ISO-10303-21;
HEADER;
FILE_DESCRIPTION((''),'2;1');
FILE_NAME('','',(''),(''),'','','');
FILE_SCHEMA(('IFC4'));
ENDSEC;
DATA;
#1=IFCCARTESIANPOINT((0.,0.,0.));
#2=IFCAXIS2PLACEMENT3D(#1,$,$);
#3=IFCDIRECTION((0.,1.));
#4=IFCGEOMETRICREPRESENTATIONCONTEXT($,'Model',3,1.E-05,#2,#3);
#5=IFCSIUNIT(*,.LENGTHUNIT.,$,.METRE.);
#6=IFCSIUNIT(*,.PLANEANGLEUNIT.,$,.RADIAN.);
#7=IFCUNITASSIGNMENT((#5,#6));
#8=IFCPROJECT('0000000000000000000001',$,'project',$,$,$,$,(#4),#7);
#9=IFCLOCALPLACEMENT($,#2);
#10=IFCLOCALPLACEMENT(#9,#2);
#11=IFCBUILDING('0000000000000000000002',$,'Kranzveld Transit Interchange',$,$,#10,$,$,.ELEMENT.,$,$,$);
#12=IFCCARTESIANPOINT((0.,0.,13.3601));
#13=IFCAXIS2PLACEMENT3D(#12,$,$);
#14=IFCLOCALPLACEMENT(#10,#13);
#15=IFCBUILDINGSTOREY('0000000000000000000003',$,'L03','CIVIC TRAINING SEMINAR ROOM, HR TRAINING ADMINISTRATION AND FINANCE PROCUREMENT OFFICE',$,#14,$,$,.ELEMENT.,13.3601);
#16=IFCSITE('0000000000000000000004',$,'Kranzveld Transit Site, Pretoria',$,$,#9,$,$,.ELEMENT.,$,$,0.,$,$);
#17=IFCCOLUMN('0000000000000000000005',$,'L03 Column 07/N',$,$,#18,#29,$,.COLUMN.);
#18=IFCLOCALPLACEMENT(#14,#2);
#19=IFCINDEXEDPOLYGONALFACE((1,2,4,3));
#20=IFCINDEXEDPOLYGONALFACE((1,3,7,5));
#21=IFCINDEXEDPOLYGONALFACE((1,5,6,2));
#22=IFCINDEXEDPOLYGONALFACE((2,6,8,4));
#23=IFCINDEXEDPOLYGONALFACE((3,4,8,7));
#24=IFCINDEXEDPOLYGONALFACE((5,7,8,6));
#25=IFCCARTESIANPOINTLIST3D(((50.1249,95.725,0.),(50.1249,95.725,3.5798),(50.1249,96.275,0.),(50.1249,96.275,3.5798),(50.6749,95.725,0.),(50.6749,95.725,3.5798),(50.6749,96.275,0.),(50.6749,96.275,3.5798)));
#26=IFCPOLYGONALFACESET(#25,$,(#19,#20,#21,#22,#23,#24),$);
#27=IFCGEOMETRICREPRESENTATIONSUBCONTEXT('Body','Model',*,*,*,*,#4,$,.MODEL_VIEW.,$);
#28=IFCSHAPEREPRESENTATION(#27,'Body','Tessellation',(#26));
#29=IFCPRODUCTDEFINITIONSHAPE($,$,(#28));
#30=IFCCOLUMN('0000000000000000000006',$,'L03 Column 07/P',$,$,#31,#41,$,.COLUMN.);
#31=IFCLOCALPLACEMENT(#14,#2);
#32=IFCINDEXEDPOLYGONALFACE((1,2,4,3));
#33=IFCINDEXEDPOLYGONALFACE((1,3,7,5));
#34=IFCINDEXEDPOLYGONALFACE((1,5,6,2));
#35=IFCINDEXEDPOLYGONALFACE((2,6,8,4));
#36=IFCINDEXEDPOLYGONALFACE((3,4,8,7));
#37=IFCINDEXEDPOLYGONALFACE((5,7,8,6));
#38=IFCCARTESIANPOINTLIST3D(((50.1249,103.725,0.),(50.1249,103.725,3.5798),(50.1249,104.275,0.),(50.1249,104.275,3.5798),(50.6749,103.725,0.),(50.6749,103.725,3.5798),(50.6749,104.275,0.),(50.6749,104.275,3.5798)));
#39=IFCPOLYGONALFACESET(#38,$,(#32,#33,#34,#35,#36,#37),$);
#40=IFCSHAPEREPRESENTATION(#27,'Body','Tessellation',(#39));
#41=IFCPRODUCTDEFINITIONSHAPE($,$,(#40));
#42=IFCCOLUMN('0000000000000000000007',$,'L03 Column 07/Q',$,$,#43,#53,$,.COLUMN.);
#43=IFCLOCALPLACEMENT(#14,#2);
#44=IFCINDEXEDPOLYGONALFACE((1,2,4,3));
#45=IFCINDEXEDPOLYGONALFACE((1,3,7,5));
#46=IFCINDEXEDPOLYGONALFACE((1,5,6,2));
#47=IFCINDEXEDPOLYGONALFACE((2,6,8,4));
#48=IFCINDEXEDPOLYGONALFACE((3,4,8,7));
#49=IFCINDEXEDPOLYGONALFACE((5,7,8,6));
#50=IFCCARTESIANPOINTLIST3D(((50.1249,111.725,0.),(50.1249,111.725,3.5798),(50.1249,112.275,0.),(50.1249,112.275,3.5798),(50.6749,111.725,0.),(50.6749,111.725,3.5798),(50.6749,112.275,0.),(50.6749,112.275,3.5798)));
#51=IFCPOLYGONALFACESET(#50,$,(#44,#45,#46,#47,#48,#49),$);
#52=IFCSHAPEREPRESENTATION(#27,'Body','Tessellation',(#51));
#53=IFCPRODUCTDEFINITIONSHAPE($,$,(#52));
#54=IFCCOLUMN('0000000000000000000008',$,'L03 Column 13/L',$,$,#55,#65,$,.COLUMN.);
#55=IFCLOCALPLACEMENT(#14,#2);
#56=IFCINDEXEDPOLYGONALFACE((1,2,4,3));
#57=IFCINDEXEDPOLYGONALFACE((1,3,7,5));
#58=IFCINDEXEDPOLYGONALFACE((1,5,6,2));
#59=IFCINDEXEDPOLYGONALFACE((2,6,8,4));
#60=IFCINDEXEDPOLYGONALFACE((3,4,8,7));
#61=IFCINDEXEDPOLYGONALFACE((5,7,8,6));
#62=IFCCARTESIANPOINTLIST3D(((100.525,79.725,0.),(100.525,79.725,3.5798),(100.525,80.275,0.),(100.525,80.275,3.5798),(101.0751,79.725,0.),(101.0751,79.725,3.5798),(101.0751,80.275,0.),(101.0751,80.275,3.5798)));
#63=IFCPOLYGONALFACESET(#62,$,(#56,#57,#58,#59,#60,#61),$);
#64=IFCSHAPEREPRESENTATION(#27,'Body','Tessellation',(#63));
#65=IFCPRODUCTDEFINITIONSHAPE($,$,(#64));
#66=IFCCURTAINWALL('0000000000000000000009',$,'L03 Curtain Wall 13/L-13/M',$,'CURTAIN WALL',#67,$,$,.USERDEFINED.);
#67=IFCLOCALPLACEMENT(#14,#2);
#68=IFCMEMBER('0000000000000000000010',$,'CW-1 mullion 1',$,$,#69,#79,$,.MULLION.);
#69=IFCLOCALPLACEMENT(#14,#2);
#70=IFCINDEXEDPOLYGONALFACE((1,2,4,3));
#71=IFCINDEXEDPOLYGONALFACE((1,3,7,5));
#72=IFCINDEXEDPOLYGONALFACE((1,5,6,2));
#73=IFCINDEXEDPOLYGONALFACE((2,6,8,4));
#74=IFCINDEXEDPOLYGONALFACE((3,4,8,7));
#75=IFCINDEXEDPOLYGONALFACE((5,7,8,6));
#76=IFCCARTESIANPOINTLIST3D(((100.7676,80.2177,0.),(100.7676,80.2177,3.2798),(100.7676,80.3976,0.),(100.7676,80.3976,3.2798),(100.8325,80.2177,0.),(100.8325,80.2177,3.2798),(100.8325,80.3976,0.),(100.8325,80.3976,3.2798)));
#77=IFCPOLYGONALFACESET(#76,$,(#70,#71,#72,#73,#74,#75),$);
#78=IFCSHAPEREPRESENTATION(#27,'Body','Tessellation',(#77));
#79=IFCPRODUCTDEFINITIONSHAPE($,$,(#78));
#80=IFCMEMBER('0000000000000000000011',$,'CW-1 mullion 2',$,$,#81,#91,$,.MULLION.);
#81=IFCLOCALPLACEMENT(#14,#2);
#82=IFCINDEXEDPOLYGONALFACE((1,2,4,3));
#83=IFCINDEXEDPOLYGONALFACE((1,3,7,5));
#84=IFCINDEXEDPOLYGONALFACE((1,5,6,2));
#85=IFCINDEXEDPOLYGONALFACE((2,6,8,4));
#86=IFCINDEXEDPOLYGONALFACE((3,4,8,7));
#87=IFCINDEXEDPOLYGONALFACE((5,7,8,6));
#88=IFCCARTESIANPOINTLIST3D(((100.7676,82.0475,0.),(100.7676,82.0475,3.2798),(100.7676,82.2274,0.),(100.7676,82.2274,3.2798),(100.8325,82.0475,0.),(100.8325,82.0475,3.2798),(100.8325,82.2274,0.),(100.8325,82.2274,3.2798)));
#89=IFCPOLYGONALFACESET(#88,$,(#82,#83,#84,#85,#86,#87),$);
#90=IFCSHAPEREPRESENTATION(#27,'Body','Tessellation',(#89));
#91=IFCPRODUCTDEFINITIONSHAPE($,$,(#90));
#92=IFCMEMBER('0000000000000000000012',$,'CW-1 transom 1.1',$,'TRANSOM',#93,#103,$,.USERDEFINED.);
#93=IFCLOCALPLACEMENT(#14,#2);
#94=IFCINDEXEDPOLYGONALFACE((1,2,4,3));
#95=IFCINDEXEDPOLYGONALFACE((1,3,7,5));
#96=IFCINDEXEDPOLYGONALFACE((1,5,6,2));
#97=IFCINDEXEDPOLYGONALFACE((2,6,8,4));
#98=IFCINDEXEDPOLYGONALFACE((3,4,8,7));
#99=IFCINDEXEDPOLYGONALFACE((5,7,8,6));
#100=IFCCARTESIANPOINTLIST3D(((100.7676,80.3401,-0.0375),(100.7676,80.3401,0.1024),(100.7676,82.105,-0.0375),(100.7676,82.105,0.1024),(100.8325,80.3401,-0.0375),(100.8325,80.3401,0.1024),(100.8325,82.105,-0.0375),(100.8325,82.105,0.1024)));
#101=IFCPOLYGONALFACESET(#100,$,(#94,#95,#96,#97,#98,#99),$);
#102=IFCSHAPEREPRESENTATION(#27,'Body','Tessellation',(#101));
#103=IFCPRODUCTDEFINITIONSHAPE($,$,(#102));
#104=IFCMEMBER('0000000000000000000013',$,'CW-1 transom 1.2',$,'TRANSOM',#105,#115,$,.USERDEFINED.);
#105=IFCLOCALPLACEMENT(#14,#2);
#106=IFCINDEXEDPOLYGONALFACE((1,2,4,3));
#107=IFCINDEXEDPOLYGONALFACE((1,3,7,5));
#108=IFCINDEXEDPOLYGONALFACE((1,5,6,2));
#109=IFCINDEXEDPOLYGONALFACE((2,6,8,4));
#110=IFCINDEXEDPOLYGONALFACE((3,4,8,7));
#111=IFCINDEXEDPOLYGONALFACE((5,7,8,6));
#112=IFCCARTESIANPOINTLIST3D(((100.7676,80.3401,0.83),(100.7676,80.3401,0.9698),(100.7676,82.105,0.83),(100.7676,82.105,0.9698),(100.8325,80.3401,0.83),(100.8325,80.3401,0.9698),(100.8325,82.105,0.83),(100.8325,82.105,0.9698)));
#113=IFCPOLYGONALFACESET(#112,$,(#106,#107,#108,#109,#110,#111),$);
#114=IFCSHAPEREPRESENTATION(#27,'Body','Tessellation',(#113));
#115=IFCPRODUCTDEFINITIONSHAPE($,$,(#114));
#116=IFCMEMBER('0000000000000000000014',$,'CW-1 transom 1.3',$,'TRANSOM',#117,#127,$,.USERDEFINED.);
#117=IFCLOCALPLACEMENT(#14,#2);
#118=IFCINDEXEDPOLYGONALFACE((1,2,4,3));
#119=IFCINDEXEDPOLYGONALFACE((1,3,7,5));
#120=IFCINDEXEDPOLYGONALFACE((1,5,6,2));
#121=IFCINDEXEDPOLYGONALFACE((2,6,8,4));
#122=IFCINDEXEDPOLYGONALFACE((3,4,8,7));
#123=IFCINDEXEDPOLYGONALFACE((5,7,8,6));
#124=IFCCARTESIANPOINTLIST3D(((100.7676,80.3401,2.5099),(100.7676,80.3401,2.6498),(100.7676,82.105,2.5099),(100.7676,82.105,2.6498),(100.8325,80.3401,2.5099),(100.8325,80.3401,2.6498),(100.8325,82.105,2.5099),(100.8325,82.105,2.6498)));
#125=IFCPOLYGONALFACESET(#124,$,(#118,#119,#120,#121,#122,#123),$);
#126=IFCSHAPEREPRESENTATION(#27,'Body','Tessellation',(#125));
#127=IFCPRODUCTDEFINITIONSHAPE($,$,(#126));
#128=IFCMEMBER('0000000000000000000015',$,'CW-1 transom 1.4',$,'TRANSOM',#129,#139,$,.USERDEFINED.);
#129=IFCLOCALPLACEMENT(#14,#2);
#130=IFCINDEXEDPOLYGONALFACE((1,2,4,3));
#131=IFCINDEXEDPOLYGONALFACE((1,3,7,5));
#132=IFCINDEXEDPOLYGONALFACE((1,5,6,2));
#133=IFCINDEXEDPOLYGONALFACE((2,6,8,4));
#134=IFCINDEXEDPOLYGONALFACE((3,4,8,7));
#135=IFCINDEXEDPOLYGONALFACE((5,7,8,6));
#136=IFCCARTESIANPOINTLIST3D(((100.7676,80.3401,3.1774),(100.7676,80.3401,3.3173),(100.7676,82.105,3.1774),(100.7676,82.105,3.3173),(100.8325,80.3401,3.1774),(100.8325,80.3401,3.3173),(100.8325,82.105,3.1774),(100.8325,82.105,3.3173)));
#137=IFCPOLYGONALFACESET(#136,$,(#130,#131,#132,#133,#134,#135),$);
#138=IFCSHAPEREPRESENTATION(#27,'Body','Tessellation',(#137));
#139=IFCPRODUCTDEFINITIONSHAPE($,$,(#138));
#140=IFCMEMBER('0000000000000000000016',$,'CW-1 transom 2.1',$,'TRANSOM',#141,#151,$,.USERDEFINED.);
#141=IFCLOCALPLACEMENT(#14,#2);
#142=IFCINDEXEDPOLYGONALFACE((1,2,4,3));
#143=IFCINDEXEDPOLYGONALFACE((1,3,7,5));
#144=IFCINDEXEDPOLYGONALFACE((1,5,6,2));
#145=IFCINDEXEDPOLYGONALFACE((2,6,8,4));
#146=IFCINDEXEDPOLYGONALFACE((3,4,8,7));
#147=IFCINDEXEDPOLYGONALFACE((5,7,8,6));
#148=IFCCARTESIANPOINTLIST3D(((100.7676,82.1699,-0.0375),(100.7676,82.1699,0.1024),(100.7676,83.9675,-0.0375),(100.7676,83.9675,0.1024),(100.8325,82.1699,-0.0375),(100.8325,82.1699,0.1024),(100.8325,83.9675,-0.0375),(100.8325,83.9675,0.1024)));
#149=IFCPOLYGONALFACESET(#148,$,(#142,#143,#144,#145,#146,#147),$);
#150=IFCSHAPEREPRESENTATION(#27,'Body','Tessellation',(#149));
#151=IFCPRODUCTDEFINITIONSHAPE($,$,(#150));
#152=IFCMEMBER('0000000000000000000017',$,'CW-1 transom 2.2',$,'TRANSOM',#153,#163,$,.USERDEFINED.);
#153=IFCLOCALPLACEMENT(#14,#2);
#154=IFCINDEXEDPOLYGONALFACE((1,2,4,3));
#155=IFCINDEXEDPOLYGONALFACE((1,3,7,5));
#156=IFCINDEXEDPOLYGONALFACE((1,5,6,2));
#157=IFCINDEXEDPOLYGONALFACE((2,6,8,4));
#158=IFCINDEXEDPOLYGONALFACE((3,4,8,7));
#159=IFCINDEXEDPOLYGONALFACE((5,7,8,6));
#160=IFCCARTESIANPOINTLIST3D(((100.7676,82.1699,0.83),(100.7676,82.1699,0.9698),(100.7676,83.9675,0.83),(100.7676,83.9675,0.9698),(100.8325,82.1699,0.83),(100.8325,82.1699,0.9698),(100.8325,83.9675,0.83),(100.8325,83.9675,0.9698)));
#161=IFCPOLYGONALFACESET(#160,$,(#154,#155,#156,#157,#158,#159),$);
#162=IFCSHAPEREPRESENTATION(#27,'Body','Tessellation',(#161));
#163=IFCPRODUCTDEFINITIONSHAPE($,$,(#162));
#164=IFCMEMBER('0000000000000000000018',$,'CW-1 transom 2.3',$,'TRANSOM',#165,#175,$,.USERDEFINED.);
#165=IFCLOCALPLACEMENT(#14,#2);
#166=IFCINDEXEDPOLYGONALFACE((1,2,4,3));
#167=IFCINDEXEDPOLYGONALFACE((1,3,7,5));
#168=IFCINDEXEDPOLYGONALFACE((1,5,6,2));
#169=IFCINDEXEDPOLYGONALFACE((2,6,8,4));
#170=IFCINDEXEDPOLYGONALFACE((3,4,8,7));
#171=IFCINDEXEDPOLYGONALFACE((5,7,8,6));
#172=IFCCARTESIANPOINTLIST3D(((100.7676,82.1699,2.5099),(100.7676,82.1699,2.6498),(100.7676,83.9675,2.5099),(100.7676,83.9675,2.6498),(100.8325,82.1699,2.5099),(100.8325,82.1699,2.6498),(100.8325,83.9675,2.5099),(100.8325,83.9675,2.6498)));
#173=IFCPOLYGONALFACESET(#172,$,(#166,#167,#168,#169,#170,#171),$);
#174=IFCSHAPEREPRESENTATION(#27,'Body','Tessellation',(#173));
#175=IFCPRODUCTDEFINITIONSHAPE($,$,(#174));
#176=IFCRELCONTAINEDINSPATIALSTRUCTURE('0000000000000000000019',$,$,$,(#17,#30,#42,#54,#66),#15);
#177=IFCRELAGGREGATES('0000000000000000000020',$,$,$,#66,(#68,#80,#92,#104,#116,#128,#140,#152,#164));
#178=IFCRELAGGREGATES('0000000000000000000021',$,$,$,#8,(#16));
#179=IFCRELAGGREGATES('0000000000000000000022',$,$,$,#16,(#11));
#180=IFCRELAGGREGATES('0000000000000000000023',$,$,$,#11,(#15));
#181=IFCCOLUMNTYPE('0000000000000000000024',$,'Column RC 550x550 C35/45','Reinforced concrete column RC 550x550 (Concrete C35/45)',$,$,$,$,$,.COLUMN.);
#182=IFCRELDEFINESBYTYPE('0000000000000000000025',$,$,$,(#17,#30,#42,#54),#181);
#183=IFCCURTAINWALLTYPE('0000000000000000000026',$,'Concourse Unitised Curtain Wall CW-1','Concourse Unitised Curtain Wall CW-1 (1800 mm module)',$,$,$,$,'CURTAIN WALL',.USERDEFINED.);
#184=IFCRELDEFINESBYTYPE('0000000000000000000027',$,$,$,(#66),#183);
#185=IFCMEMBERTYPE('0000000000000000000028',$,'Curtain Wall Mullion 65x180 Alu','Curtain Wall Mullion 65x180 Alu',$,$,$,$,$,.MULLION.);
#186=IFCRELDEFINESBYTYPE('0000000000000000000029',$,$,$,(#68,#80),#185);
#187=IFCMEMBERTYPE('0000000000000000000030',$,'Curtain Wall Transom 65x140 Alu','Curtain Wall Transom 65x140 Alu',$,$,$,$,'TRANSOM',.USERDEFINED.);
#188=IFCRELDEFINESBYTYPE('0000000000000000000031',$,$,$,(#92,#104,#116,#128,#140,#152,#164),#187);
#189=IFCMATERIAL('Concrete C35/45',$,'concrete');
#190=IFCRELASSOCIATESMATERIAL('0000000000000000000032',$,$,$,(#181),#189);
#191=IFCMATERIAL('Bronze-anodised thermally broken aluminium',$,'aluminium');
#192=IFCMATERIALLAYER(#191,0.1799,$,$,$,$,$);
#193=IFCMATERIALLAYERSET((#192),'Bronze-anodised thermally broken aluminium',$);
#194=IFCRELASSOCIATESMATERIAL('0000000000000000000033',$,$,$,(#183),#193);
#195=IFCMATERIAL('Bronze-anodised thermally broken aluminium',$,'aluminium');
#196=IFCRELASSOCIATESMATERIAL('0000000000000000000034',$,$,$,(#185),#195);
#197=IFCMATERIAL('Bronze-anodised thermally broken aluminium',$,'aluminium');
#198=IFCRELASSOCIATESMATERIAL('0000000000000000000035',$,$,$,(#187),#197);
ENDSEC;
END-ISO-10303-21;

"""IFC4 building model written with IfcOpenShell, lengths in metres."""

from ifc_helpers import new_model, si_unit, direction, frame, origin, origin_2d, place, context, subcontext, project, spatial, rectangle, extrude, material, layer, layer_set, material_profile, profile_set, type_object, element, aggregate, save


model = new_model("IFC4")

# Units and contexts
model_context = context("Model", 3, precision=1e-05, world=origin(), true_north=direction((0.0, 1.0)))
body_context = subcontext(model_context, "Body", "Model", "MODEL_VIEW")
ifc_project = project(units=[si_unit("LENGTHUNIT", "METRE"), si_unit("PLANEANGLEUNIT", "RADIAN")], contexts=[model_context])

# Site, building, storey
site_placement = place(None, origin())
site = spatial("IfcSite", under=ifc_project, at=site_placement, Name="Kranzveld Transit Site, Pretoria", CompositionType="ELEMENT", RefElevation=0.0)
building_placement = place(site_placement, origin())
building = spatial("IfcBuilding", under=site, at=building_placement, Name="Kranzveld Transit Interchange", CompositionType="ELEMENT")
storey_placement = place(building_placement, frame((0.0, 0.0, 13.3601)))
storey = spatial("IfcBuildingStorey", under=building, at=storey_placement, Name="L03", Description="CIVIC TRAINING SEMINAR ROOM, HR TRAINING ADMINISTRATION AND FINANCE PROCUREMENT OFFICE", CompositionType="ELEMENT", Elevation=13.3601)

# Columns
ifc_material_1 = material(Name="Concrete C35/45", Category="concrete")
ifc_material_profile_1 = material_profile(ifc_material_1, rectangle(XDim=0.55, YDim=0.55, at=origin_2d()), Name="RC 550x550")
ifc_profile_set_1 = profile_set([ifc_material_profile_1], Name="Concrete C35/45")
column_type = type_object("IfcColumnType", Name="Column RC 550x550 C35/45", Description="Reinforced concrete column RC 550x550 (Concrete C35/45)", PredefinedType="COLUMN", material=ifc_profile_set_1)
for number, where, z_axis, x_axis, name in (
    (1, (50.3999, 96.0, 0.0), (0.0, 0.0, 1.0), (1.0, 0.0, 0.0), "L03 Column 07/N"),
    (2, (50.3999, 104.0, 0.0), (0.0, 0.0, 1.0), (1.0, 0.0, 0.0), "L03 Column 07/P"),
    (3, (50.3999, 112.0, 0.0), (0.0, 0.0, 1.0), (1.0, 0.0, 0.0), "L03 Column 07/Q"),
    (4, (100.8, 80.0, 0.0), (0.0, 0.0, 1.0), (1.0, 0.0, 0.0), "L03 Column 13/L"),
):
    element("IfcColumn", number, at=place(storey_placement, frame(where, z_axis=z_axis, x_axis=x_axis)), inside=storey, type_object=column_type, Name=name, PredefinedType="COLUMN", context=body_context, shape_type="SweptSolid", body=[
        extrude(rectangle(XDim=0.55, YDim=0.55, at=origin_2d()), origin(), (0.0, 0.0, 1.0), 3.5798),
    ])

# Curtain wall, members
ifc_material_2 = material(Name="Bronze-anodised thermally broken aluminium", Category="aluminium")
ifc_layer_1 = layer(ifc_material_2, 0.1799)
ifc_layer_set_1 = layer_set([ifc_layer_1], Name="Bronze-anodised thermally broken aluminium")
curtain_wall_type = type_object("IfcCurtainWallType", Name="Concourse Unitised Curtain Wall CW-1", Description="Concourse Unitised Curtain Wall CW-1 (1800 mm module)", ElementType="CURTAIN WALL", PredefinedType="USERDEFINED", material=ifc_layer_set_1)
curtain_wall_placement = place(storey_placement, origin())
curtain_wall = element("IfcCurtainWall", 5, at=curtain_wall_placement, inside=storey, type_object=curtain_wall_type, Name="L03 Curtain Wall 13/L-13/M", ObjectType="CURTAIN WALL", PredefinedType="USERDEFINED")
ifc_material_3 = material(Name="Bronze-anodised thermally broken aluminium", Category="aluminium")
ifc_material_profile_2 = material_profile(ifc_material_3, rectangle(XDim=0.0649, YDim=0.1799, at=origin_2d()), Name="ALU MULLION 65x180")
ifc_profile_set_2 = profile_set([ifc_material_profile_2], Name="Bronze-anodised thermally broken aluminium")
member_type_1 = type_object("IfcMemberType", Name="Curtain Wall Mullion 65x180 Alu", Description="Curtain Wall Mullion 65x180 Alu", PredefinedType="MULLION", material=ifc_profile_set_2)
member_1_placement = place(storey_placement, frame((100.8, 80.3076, 0.0), z_axis=(0.0, 0.0, 1.0), x_axis=(-1.0, 0.0, 0.0)))
member_1 = element("IfcMember", 6, at=member_1_placement, type_object=member_type_1, Name="CW-1 mullion 1", PredefinedType="MULLION", context=body_context, shape_type="SweptSolid", body=[
    extrude(rectangle(XDim=0.0649, YDim=0.1799, at=origin_2d()), origin(), (0.0, 0.0, 1.0), 3.2798),
])
member_2_placement = place(storey_placement, frame((100.8, 82.1375, 0.0), z_axis=(0.0, 0.0, 1.0), x_axis=(-1.0, 0.0, 0.0)))
member_2 = element("IfcMember", 7, at=member_2_placement, type_object=member_type_1, Name="CW-1 mullion 2", PredefinedType="MULLION", context=body_context, shape_type="SweptSolid", body=[
    extrude(rectangle(XDim=0.0649, YDim=0.1799, at=origin_2d()), origin(), (0.0, 0.0, 1.0), 3.2798),
])
ifc_material_4 = material(Name="Bronze-anodised thermally broken aluminium", Category="aluminium")
ifc_material_profile_3 = material_profile(ifc_material_4, rectangle(XDim=0.0649, YDim=0.1399, at=origin_2d()), Name="ALU TRANSOM 65x140")
ifc_profile_set_3 = profile_set([ifc_material_profile_3], Name="Bronze-anodised thermally broken aluminium")
member_type_2 = type_object("IfcMemberType", Name="Curtain Wall Transom 65x140 Alu", Description="Curtain Wall Transom 65x140 Alu", ElementType="TRANSOM", PredefinedType="USERDEFINED", material=ifc_profile_set_3)
member_3_placement = place(storey_placement, frame((100.8, 80.3401, 0.0325), z_axis=(0.0, 1.0, 0.0), x_axis=(-1.0, 0.0, 0.0)))
member_3 = element("IfcMember", 8, at=member_3_placement, type_object=member_type_2, Name="CW-1 transom 1.1", ObjectType="TRANSOM", PredefinedType="USERDEFINED", context=body_context, shape_type="SweptSolid", body=[
    extrude(rectangle(XDim=0.0649, YDim=0.1399, at=origin_2d()), origin(), (0.0, 0.0, 1.0), 1.7649),
])
member_4_placement = place(storey_placement, frame((100.8, 80.3401, 0.8999), z_axis=(0.0, 1.0, 0.0), x_axis=(-1.0, 0.0, 0.0)))
member_4 = element("IfcMember", 9, at=member_4_placement, type_object=member_type_2, Name="CW-1 transom 1.2", ObjectType="TRANSOM", PredefinedType="USERDEFINED", context=body_context, shape_type="SweptSolid", body=[
    extrude(rectangle(XDim=0.0649, YDim=0.1399, at=origin_2d()), origin(), (0.0, 0.0, 1.0), 1.7649),
])
member_5_placement = place(storey_placement, frame((100.8, 80.3401, 2.5798), z_axis=(0.0, 1.0, 0.0), x_axis=(-1.0, 0.0, 0.0)))
member_5 = element("IfcMember", 10, at=member_5_placement, type_object=member_type_2, Name="CW-1 transom 1.3", ObjectType="TRANSOM", PredefinedType="USERDEFINED", context=body_context, shape_type="SweptSolid", body=[
    extrude(rectangle(XDim=0.0649, YDim=0.1399, at=origin_2d()), origin(), (0.0, 0.0, 1.0), 1.7649),
])
member_6_placement = place(storey_placement, frame((100.8, 80.3401, 3.2473), z_axis=(0.0, 1.0, 0.0), x_axis=(-1.0, 0.0, 0.0)))
member_6 = element("IfcMember", 11, at=member_6_placement, type_object=member_type_2, Name="CW-1 transom 1.4", ObjectType="TRANSOM", PredefinedType="USERDEFINED", context=body_context, shape_type="SweptSolid", body=[
    extrude(rectangle(XDim=0.0649, YDim=0.1399, at=origin_2d()), origin(), (0.0, 0.0, 1.0), 1.7649),
])
member_7_placement = place(storey_placement, frame((100.8, 82.1699, 0.0325), z_axis=(0.0, 1.0, 0.0), x_axis=(-1.0, 0.0, 0.0)))
member_7 = element("IfcMember", 12, at=member_7_placement, type_object=member_type_2, Name="CW-1 transom 2.1", ObjectType="TRANSOM", PredefinedType="USERDEFINED", context=body_context, shape_type="SweptSolid", body=[
    extrude(rectangle(XDim=0.0649, YDim=0.1399, at=origin_2d()), origin(), (0.0, 0.0, 1.0), 1.7976),
])
member_8_placement = place(storey_placement, frame((100.8, 82.1699, 0.8999), z_axis=(0.0, 1.0, 0.0), x_axis=(-1.0, 0.0, 0.0)))
member_8 = element("IfcMember", 13, at=member_8_placement, type_object=member_type_2, Name="CW-1 transom 2.2", ObjectType="TRANSOM", PredefinedType="USERDEFINED", context=body_context, shape_type="SweptSolid", body=[
    extrude(rectangle(XDim=0.0649, YDim=0.1399, at=origin_2d()), origin(), (0.0, 0.0, 1.0), 1.7976),
])
member_9_placement = place(storey_placement, frame((100.8, 82.1699, 2.5798), z_axis=(0.0, 1.0, 0.0), x_axis=(-1.0, 0.0, 0.0)))
member_9 = element("IfcMember", 14, at=member_9_placement, type_object=member_type_2, Name="CW-1 transom 2.3", ObjectType="TRANSOM", PredefinedType="USERDEFINED", context=body_context, shape_type="SweptSolid", body=[
    extrude(rectangle(XDim=0.0649, YDim=0.1399, at=origin_2d()), origin(), (0.0, 0.0, 1.0), 1.7976),
])

aggregate(curtain_wall, [member_1, member_2, member_3, member_4, member_5, member_6, member_7, member_8, member_9])

save(model, "model.ifc")
